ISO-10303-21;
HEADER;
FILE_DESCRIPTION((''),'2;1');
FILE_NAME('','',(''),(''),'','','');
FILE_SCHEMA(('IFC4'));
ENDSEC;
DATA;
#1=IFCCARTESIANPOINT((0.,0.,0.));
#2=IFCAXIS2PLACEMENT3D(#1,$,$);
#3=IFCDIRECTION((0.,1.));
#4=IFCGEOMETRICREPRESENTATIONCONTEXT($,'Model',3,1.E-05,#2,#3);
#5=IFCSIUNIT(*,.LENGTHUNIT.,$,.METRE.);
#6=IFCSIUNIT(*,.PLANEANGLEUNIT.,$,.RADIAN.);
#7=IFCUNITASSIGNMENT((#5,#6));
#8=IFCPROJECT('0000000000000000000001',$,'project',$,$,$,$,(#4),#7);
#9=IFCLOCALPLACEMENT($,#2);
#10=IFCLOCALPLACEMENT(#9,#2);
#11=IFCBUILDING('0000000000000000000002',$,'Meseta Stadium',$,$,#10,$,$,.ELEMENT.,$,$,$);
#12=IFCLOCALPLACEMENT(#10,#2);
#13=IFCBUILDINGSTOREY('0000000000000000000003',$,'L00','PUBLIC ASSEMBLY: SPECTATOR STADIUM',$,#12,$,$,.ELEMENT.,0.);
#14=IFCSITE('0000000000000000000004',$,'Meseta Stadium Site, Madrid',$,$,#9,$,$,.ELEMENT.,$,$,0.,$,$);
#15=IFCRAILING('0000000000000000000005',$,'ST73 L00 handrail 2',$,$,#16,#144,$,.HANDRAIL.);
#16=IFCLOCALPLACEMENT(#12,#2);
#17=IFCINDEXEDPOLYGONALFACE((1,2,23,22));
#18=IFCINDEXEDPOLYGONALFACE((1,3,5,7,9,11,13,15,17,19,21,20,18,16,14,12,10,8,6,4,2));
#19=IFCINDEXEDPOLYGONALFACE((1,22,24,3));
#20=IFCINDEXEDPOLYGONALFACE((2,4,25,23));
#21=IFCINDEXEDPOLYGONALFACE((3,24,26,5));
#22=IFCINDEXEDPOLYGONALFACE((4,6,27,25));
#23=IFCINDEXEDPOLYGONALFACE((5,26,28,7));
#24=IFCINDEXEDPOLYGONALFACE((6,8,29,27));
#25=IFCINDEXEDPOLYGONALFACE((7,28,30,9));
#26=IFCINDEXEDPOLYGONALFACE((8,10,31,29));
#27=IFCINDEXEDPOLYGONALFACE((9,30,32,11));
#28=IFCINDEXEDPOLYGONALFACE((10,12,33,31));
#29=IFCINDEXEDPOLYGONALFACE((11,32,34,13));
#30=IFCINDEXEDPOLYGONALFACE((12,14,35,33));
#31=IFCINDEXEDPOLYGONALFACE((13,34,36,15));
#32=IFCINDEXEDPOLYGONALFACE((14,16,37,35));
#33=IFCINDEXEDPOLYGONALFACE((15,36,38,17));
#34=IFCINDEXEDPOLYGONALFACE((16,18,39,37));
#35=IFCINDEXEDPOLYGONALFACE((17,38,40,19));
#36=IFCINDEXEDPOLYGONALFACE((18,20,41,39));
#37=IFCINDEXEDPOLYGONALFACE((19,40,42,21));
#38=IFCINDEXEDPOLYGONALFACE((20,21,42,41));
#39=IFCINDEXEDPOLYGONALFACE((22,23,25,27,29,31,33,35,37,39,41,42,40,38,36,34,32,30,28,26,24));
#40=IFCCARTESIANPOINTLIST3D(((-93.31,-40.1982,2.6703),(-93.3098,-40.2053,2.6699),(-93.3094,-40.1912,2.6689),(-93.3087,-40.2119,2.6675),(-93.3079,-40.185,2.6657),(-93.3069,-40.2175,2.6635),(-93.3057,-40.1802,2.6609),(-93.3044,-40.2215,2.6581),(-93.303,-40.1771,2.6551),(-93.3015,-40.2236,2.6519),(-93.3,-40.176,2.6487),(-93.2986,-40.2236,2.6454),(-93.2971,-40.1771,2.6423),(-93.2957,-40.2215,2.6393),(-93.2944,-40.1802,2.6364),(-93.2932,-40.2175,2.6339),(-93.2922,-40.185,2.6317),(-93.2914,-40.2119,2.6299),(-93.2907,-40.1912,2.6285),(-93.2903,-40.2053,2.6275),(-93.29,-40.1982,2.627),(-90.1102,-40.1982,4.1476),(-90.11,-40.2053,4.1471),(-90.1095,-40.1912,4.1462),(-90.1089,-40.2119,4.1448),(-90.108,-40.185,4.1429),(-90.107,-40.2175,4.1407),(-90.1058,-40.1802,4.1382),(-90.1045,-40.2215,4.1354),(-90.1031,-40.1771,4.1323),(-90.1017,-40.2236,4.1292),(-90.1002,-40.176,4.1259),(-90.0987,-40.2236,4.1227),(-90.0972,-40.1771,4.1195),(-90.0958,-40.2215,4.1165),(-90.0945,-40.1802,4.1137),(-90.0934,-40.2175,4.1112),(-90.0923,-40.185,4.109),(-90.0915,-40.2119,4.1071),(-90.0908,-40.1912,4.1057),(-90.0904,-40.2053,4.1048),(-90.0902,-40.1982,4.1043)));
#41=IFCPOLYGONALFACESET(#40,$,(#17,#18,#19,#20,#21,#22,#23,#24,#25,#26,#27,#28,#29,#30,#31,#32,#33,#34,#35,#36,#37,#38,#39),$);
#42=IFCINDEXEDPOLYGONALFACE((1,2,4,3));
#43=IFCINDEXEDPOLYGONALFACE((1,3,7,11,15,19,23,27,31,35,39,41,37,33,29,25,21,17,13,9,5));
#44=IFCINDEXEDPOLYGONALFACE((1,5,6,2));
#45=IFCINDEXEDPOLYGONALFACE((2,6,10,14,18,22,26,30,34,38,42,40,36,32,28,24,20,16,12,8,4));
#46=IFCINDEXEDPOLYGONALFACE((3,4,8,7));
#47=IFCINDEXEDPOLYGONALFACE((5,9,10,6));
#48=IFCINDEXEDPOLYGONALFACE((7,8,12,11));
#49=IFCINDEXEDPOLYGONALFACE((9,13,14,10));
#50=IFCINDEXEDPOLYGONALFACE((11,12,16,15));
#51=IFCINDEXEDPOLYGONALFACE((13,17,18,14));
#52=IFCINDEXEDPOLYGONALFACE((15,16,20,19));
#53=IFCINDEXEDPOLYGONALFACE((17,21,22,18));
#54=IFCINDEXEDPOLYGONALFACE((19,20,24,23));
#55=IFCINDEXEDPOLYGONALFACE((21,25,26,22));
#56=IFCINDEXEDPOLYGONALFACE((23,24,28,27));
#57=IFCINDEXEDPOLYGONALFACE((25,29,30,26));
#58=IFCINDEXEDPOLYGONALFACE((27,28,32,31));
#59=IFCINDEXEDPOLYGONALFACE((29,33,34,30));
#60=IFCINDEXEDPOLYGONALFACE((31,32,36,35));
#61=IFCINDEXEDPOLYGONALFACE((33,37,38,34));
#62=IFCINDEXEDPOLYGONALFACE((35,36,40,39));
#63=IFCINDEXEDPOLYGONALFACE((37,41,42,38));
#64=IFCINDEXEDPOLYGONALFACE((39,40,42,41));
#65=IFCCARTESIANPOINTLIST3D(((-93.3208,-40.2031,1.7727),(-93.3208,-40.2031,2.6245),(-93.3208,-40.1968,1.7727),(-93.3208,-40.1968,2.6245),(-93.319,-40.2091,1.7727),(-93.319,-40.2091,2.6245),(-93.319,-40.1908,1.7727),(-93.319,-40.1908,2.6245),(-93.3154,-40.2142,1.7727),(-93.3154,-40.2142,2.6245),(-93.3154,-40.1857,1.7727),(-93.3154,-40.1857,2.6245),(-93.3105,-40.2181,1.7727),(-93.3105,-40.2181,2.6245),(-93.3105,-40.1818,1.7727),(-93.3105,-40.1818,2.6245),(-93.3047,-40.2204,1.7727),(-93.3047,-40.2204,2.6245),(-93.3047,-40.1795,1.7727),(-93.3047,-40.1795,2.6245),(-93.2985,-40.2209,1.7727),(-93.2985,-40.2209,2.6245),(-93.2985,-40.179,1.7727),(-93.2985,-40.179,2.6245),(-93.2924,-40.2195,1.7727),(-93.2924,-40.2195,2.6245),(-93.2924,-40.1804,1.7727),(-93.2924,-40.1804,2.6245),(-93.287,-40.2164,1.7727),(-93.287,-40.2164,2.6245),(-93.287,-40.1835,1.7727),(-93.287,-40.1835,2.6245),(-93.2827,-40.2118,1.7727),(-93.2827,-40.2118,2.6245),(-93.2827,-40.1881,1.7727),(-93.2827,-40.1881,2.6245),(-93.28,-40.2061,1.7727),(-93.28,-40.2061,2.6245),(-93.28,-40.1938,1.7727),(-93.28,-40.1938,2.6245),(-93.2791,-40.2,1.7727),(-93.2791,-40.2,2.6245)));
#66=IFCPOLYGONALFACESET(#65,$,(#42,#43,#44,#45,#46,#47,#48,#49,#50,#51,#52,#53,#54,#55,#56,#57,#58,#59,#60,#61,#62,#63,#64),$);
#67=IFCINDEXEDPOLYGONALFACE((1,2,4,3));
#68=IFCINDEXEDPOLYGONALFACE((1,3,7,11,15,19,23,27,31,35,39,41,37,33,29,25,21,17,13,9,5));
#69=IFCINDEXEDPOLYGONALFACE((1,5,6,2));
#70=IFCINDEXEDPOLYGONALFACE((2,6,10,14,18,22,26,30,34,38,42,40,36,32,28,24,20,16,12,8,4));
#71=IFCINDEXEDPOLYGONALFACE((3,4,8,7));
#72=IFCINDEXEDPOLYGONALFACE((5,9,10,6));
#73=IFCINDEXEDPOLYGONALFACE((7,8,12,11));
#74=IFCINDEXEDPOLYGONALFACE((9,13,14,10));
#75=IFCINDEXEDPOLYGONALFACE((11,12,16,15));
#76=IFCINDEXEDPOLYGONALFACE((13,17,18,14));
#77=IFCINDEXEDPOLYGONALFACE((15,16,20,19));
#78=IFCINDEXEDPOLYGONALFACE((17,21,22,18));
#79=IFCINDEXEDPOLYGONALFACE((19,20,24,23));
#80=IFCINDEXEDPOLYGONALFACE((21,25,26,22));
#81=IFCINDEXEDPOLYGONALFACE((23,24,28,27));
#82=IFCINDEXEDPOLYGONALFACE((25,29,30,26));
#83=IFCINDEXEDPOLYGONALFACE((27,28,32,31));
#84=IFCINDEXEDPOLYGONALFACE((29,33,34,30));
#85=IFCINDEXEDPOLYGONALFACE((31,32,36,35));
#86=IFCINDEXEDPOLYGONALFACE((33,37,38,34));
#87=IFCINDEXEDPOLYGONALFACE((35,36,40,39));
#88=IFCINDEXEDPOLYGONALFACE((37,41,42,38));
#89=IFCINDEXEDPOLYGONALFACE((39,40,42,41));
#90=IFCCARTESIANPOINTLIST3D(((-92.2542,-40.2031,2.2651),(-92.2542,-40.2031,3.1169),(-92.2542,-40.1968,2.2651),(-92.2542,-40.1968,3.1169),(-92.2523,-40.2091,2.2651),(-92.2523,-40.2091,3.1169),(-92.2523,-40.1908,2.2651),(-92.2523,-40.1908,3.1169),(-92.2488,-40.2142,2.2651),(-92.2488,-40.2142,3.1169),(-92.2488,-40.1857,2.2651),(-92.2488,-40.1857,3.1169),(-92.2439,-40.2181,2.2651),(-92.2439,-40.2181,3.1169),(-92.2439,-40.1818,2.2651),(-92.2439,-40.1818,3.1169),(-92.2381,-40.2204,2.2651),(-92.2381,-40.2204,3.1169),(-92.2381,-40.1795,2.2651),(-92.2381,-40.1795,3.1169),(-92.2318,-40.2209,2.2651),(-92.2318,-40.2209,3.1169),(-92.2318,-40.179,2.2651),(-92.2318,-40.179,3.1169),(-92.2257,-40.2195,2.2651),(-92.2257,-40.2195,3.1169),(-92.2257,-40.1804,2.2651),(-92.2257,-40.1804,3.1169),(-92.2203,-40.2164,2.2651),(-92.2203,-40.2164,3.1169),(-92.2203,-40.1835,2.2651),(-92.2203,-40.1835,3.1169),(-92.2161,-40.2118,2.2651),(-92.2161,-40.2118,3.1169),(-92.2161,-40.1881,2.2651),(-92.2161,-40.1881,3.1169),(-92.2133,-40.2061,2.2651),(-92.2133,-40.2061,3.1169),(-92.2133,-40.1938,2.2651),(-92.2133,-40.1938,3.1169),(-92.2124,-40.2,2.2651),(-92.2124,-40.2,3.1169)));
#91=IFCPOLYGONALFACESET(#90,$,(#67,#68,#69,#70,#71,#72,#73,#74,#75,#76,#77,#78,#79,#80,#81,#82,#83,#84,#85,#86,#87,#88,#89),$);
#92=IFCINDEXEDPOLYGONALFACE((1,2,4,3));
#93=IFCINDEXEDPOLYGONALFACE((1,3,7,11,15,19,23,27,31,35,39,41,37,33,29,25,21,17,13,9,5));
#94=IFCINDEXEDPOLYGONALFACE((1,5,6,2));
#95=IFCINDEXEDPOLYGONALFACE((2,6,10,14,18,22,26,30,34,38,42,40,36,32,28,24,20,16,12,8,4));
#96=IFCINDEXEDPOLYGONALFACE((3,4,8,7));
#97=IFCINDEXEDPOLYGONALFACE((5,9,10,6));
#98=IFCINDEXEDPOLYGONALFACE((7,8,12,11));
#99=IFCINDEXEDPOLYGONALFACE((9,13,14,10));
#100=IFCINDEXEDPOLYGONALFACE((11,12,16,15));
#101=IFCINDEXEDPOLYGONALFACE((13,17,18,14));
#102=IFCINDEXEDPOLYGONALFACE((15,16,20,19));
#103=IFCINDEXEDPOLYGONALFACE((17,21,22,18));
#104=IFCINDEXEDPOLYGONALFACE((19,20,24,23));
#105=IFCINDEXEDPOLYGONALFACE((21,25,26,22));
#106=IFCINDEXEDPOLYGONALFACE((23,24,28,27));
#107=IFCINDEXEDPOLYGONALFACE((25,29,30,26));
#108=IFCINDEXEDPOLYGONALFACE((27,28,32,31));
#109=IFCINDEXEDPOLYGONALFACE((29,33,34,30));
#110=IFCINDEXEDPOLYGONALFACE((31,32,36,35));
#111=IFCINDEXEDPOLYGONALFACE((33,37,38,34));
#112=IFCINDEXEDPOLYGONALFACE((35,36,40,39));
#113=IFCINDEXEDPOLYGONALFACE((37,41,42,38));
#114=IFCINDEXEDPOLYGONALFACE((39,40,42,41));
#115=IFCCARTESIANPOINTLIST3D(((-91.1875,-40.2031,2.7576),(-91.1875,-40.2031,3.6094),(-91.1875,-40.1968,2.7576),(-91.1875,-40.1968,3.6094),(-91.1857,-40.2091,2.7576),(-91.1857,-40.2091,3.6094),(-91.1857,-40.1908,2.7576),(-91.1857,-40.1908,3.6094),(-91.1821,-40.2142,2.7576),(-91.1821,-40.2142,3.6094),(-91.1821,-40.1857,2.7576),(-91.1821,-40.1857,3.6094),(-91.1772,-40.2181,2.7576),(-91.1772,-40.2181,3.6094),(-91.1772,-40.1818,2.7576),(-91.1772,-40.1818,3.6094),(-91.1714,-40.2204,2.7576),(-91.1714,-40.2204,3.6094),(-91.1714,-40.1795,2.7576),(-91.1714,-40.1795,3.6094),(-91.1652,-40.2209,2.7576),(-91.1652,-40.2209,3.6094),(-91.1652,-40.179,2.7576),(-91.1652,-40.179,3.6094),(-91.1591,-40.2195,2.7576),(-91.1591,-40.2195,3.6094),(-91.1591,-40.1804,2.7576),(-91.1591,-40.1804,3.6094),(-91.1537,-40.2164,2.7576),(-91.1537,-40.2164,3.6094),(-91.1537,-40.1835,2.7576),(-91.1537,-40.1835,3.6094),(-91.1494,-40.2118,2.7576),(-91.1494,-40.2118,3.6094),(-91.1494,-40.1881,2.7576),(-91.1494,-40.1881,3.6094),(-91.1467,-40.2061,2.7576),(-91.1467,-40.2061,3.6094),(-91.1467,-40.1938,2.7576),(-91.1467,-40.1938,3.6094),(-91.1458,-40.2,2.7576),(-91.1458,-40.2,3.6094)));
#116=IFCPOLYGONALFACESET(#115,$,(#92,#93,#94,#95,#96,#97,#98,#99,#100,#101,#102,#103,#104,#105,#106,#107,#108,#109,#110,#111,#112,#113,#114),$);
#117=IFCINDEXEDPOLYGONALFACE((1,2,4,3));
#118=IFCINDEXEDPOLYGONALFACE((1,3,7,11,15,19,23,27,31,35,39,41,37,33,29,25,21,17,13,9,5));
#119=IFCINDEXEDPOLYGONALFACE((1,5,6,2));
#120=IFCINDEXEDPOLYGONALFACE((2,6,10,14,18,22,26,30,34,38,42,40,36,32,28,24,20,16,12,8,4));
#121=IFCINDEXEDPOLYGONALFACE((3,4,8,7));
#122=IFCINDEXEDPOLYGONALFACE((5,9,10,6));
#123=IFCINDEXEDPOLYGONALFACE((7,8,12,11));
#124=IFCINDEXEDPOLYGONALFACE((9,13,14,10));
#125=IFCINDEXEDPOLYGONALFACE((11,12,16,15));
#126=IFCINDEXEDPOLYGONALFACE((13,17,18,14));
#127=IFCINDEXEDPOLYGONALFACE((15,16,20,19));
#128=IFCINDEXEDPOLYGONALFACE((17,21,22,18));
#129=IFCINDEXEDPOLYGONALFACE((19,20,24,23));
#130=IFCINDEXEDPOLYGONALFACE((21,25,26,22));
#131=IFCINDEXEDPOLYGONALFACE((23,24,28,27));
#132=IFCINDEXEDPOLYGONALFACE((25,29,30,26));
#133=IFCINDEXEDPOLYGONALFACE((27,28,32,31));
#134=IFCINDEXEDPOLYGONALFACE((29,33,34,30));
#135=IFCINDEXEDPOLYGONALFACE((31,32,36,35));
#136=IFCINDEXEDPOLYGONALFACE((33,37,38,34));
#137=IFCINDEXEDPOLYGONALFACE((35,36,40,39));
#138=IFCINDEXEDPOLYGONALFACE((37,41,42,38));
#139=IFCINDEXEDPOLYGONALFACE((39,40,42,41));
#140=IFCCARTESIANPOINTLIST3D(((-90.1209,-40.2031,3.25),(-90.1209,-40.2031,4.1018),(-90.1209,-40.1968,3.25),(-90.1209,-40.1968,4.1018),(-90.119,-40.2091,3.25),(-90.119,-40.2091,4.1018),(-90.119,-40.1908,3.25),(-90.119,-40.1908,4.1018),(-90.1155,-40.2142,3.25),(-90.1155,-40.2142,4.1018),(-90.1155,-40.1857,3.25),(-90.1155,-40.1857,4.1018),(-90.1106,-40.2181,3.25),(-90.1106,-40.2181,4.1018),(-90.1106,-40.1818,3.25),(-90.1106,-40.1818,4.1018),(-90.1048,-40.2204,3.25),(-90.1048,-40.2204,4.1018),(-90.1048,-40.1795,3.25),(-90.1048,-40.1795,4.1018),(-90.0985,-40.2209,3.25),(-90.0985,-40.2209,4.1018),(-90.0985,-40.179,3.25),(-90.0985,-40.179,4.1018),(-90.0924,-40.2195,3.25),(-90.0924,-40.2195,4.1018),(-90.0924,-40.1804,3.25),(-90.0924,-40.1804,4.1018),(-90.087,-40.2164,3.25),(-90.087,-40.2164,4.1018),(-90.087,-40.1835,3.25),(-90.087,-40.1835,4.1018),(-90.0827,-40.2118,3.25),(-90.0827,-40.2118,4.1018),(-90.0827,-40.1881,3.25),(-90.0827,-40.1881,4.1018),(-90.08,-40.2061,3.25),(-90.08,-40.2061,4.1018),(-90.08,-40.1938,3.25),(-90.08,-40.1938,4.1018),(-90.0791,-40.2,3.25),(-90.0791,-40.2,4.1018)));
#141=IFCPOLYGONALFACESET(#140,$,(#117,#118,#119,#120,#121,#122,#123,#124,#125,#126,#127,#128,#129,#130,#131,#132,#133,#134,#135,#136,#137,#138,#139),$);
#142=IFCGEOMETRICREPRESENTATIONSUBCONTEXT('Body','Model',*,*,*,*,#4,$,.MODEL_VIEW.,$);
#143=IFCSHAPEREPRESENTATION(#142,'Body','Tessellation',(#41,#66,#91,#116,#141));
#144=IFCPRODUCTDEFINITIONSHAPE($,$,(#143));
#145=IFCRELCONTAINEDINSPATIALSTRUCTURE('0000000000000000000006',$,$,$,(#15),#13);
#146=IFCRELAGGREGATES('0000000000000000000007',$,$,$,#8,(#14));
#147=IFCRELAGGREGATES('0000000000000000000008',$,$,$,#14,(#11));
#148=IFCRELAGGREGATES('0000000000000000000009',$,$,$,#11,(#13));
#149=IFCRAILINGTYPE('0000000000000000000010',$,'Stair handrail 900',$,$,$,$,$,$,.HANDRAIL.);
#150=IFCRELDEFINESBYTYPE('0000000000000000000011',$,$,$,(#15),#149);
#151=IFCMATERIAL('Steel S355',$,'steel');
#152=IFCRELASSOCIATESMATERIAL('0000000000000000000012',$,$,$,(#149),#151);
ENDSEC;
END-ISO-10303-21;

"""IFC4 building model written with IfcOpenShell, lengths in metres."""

from ifc_helpers import new_model, si_unit, direction, frame, origin, origin_2d, place, context, subcontext, project, spatial, circle, extrude, material, type_object, element, save


model = new_model("IFC4")

# Units and contexts
model_context = context("Model", 3, precision=1e-05, world=origin(), true_north=direction((0.0, 1.0)))
body_context = subcontext(model_context, "Body", "Model", "MODEL_VIEW")
ifc_project = project(units=[si_unit("LENGTHUNIT", "METRE"), si_unit("PLANEANGLEUNIT", "RADIAN")], contexts=[model_context])

# Site, building, storey
site_placement = place(None, origin())
site = spatial("IfcSite", under=ifc_project, at=site_placement, Name="Meseta Stadium Site, Madrid", CompositionType="ELEMENT", RefElevation=0.0)
building_placement = place(site_placement, origin())
building = spatial("IfcBuilding", under=site, at=building_placement, Name="Meseta Stadium", CompositionType="ELEMENT")
storey_placement = place(building_placement, origin())
storey = spatial("IfcBuildingStorey", under=building, at=storey_placement, Name="L00", Description="PUBLIC ASSEMBLY: SPECTATOR STADIUM", CompositionType="ELEMENT", Elevation=0.0)

# Railing
ifc_material_1 = material(Name="Steel S355", Category="steel")
railing_type_1 = type_object("IfcRailingType", Name="Stair handrail 900", PredefinedType="HANDRAIL", material=ifc_material_1)
for number, where, name in (
    (1, (-93.3, -40.2, 1.7727), "ST73 L00 handrail 2"),
):
    element("IfcRailing", number, at=place(storey_placement, frame(where)), inside=storey, type_object=railing_type_1, Name=name, PredefinedType="HANDRAIL", context=body_context, shape_type="SweptSolid", body=[
        extrude(circle(Radius=0.0239, at=origin_2d()), frame((0.0, 0.0, 0.876), z_axis=(0.907917, 0.0, 0.41915), x_axis=(0.0, 1.0, 0.0)), (0.0, 0.0, 1.0), 3.5244),
        extrude(circle(Radius=0.021, at=origin_2d()), origin(), (0.0, 0.0, 1.0), 0.8518),
        extrude(circle(Radius=0.021, at=origin_2d()), frame((1.0667, 0.0, 0.4924)), (0.0, 0.0, 1.0), 0.8518),
        extrude(circle(Radius=0.021, at=origin_2d()), frame((2.1333, 0.0, 0.9849)), (0.0, 0.0, 1.0), 0.8518),
        extrude(circle(Radius=0.021, at=origin_2d()), frame((3.2, 0.0, 1.4773)), (0.0, 0.0, 1.0), 0.8518),
    ])

save(model, "model.ifc")
